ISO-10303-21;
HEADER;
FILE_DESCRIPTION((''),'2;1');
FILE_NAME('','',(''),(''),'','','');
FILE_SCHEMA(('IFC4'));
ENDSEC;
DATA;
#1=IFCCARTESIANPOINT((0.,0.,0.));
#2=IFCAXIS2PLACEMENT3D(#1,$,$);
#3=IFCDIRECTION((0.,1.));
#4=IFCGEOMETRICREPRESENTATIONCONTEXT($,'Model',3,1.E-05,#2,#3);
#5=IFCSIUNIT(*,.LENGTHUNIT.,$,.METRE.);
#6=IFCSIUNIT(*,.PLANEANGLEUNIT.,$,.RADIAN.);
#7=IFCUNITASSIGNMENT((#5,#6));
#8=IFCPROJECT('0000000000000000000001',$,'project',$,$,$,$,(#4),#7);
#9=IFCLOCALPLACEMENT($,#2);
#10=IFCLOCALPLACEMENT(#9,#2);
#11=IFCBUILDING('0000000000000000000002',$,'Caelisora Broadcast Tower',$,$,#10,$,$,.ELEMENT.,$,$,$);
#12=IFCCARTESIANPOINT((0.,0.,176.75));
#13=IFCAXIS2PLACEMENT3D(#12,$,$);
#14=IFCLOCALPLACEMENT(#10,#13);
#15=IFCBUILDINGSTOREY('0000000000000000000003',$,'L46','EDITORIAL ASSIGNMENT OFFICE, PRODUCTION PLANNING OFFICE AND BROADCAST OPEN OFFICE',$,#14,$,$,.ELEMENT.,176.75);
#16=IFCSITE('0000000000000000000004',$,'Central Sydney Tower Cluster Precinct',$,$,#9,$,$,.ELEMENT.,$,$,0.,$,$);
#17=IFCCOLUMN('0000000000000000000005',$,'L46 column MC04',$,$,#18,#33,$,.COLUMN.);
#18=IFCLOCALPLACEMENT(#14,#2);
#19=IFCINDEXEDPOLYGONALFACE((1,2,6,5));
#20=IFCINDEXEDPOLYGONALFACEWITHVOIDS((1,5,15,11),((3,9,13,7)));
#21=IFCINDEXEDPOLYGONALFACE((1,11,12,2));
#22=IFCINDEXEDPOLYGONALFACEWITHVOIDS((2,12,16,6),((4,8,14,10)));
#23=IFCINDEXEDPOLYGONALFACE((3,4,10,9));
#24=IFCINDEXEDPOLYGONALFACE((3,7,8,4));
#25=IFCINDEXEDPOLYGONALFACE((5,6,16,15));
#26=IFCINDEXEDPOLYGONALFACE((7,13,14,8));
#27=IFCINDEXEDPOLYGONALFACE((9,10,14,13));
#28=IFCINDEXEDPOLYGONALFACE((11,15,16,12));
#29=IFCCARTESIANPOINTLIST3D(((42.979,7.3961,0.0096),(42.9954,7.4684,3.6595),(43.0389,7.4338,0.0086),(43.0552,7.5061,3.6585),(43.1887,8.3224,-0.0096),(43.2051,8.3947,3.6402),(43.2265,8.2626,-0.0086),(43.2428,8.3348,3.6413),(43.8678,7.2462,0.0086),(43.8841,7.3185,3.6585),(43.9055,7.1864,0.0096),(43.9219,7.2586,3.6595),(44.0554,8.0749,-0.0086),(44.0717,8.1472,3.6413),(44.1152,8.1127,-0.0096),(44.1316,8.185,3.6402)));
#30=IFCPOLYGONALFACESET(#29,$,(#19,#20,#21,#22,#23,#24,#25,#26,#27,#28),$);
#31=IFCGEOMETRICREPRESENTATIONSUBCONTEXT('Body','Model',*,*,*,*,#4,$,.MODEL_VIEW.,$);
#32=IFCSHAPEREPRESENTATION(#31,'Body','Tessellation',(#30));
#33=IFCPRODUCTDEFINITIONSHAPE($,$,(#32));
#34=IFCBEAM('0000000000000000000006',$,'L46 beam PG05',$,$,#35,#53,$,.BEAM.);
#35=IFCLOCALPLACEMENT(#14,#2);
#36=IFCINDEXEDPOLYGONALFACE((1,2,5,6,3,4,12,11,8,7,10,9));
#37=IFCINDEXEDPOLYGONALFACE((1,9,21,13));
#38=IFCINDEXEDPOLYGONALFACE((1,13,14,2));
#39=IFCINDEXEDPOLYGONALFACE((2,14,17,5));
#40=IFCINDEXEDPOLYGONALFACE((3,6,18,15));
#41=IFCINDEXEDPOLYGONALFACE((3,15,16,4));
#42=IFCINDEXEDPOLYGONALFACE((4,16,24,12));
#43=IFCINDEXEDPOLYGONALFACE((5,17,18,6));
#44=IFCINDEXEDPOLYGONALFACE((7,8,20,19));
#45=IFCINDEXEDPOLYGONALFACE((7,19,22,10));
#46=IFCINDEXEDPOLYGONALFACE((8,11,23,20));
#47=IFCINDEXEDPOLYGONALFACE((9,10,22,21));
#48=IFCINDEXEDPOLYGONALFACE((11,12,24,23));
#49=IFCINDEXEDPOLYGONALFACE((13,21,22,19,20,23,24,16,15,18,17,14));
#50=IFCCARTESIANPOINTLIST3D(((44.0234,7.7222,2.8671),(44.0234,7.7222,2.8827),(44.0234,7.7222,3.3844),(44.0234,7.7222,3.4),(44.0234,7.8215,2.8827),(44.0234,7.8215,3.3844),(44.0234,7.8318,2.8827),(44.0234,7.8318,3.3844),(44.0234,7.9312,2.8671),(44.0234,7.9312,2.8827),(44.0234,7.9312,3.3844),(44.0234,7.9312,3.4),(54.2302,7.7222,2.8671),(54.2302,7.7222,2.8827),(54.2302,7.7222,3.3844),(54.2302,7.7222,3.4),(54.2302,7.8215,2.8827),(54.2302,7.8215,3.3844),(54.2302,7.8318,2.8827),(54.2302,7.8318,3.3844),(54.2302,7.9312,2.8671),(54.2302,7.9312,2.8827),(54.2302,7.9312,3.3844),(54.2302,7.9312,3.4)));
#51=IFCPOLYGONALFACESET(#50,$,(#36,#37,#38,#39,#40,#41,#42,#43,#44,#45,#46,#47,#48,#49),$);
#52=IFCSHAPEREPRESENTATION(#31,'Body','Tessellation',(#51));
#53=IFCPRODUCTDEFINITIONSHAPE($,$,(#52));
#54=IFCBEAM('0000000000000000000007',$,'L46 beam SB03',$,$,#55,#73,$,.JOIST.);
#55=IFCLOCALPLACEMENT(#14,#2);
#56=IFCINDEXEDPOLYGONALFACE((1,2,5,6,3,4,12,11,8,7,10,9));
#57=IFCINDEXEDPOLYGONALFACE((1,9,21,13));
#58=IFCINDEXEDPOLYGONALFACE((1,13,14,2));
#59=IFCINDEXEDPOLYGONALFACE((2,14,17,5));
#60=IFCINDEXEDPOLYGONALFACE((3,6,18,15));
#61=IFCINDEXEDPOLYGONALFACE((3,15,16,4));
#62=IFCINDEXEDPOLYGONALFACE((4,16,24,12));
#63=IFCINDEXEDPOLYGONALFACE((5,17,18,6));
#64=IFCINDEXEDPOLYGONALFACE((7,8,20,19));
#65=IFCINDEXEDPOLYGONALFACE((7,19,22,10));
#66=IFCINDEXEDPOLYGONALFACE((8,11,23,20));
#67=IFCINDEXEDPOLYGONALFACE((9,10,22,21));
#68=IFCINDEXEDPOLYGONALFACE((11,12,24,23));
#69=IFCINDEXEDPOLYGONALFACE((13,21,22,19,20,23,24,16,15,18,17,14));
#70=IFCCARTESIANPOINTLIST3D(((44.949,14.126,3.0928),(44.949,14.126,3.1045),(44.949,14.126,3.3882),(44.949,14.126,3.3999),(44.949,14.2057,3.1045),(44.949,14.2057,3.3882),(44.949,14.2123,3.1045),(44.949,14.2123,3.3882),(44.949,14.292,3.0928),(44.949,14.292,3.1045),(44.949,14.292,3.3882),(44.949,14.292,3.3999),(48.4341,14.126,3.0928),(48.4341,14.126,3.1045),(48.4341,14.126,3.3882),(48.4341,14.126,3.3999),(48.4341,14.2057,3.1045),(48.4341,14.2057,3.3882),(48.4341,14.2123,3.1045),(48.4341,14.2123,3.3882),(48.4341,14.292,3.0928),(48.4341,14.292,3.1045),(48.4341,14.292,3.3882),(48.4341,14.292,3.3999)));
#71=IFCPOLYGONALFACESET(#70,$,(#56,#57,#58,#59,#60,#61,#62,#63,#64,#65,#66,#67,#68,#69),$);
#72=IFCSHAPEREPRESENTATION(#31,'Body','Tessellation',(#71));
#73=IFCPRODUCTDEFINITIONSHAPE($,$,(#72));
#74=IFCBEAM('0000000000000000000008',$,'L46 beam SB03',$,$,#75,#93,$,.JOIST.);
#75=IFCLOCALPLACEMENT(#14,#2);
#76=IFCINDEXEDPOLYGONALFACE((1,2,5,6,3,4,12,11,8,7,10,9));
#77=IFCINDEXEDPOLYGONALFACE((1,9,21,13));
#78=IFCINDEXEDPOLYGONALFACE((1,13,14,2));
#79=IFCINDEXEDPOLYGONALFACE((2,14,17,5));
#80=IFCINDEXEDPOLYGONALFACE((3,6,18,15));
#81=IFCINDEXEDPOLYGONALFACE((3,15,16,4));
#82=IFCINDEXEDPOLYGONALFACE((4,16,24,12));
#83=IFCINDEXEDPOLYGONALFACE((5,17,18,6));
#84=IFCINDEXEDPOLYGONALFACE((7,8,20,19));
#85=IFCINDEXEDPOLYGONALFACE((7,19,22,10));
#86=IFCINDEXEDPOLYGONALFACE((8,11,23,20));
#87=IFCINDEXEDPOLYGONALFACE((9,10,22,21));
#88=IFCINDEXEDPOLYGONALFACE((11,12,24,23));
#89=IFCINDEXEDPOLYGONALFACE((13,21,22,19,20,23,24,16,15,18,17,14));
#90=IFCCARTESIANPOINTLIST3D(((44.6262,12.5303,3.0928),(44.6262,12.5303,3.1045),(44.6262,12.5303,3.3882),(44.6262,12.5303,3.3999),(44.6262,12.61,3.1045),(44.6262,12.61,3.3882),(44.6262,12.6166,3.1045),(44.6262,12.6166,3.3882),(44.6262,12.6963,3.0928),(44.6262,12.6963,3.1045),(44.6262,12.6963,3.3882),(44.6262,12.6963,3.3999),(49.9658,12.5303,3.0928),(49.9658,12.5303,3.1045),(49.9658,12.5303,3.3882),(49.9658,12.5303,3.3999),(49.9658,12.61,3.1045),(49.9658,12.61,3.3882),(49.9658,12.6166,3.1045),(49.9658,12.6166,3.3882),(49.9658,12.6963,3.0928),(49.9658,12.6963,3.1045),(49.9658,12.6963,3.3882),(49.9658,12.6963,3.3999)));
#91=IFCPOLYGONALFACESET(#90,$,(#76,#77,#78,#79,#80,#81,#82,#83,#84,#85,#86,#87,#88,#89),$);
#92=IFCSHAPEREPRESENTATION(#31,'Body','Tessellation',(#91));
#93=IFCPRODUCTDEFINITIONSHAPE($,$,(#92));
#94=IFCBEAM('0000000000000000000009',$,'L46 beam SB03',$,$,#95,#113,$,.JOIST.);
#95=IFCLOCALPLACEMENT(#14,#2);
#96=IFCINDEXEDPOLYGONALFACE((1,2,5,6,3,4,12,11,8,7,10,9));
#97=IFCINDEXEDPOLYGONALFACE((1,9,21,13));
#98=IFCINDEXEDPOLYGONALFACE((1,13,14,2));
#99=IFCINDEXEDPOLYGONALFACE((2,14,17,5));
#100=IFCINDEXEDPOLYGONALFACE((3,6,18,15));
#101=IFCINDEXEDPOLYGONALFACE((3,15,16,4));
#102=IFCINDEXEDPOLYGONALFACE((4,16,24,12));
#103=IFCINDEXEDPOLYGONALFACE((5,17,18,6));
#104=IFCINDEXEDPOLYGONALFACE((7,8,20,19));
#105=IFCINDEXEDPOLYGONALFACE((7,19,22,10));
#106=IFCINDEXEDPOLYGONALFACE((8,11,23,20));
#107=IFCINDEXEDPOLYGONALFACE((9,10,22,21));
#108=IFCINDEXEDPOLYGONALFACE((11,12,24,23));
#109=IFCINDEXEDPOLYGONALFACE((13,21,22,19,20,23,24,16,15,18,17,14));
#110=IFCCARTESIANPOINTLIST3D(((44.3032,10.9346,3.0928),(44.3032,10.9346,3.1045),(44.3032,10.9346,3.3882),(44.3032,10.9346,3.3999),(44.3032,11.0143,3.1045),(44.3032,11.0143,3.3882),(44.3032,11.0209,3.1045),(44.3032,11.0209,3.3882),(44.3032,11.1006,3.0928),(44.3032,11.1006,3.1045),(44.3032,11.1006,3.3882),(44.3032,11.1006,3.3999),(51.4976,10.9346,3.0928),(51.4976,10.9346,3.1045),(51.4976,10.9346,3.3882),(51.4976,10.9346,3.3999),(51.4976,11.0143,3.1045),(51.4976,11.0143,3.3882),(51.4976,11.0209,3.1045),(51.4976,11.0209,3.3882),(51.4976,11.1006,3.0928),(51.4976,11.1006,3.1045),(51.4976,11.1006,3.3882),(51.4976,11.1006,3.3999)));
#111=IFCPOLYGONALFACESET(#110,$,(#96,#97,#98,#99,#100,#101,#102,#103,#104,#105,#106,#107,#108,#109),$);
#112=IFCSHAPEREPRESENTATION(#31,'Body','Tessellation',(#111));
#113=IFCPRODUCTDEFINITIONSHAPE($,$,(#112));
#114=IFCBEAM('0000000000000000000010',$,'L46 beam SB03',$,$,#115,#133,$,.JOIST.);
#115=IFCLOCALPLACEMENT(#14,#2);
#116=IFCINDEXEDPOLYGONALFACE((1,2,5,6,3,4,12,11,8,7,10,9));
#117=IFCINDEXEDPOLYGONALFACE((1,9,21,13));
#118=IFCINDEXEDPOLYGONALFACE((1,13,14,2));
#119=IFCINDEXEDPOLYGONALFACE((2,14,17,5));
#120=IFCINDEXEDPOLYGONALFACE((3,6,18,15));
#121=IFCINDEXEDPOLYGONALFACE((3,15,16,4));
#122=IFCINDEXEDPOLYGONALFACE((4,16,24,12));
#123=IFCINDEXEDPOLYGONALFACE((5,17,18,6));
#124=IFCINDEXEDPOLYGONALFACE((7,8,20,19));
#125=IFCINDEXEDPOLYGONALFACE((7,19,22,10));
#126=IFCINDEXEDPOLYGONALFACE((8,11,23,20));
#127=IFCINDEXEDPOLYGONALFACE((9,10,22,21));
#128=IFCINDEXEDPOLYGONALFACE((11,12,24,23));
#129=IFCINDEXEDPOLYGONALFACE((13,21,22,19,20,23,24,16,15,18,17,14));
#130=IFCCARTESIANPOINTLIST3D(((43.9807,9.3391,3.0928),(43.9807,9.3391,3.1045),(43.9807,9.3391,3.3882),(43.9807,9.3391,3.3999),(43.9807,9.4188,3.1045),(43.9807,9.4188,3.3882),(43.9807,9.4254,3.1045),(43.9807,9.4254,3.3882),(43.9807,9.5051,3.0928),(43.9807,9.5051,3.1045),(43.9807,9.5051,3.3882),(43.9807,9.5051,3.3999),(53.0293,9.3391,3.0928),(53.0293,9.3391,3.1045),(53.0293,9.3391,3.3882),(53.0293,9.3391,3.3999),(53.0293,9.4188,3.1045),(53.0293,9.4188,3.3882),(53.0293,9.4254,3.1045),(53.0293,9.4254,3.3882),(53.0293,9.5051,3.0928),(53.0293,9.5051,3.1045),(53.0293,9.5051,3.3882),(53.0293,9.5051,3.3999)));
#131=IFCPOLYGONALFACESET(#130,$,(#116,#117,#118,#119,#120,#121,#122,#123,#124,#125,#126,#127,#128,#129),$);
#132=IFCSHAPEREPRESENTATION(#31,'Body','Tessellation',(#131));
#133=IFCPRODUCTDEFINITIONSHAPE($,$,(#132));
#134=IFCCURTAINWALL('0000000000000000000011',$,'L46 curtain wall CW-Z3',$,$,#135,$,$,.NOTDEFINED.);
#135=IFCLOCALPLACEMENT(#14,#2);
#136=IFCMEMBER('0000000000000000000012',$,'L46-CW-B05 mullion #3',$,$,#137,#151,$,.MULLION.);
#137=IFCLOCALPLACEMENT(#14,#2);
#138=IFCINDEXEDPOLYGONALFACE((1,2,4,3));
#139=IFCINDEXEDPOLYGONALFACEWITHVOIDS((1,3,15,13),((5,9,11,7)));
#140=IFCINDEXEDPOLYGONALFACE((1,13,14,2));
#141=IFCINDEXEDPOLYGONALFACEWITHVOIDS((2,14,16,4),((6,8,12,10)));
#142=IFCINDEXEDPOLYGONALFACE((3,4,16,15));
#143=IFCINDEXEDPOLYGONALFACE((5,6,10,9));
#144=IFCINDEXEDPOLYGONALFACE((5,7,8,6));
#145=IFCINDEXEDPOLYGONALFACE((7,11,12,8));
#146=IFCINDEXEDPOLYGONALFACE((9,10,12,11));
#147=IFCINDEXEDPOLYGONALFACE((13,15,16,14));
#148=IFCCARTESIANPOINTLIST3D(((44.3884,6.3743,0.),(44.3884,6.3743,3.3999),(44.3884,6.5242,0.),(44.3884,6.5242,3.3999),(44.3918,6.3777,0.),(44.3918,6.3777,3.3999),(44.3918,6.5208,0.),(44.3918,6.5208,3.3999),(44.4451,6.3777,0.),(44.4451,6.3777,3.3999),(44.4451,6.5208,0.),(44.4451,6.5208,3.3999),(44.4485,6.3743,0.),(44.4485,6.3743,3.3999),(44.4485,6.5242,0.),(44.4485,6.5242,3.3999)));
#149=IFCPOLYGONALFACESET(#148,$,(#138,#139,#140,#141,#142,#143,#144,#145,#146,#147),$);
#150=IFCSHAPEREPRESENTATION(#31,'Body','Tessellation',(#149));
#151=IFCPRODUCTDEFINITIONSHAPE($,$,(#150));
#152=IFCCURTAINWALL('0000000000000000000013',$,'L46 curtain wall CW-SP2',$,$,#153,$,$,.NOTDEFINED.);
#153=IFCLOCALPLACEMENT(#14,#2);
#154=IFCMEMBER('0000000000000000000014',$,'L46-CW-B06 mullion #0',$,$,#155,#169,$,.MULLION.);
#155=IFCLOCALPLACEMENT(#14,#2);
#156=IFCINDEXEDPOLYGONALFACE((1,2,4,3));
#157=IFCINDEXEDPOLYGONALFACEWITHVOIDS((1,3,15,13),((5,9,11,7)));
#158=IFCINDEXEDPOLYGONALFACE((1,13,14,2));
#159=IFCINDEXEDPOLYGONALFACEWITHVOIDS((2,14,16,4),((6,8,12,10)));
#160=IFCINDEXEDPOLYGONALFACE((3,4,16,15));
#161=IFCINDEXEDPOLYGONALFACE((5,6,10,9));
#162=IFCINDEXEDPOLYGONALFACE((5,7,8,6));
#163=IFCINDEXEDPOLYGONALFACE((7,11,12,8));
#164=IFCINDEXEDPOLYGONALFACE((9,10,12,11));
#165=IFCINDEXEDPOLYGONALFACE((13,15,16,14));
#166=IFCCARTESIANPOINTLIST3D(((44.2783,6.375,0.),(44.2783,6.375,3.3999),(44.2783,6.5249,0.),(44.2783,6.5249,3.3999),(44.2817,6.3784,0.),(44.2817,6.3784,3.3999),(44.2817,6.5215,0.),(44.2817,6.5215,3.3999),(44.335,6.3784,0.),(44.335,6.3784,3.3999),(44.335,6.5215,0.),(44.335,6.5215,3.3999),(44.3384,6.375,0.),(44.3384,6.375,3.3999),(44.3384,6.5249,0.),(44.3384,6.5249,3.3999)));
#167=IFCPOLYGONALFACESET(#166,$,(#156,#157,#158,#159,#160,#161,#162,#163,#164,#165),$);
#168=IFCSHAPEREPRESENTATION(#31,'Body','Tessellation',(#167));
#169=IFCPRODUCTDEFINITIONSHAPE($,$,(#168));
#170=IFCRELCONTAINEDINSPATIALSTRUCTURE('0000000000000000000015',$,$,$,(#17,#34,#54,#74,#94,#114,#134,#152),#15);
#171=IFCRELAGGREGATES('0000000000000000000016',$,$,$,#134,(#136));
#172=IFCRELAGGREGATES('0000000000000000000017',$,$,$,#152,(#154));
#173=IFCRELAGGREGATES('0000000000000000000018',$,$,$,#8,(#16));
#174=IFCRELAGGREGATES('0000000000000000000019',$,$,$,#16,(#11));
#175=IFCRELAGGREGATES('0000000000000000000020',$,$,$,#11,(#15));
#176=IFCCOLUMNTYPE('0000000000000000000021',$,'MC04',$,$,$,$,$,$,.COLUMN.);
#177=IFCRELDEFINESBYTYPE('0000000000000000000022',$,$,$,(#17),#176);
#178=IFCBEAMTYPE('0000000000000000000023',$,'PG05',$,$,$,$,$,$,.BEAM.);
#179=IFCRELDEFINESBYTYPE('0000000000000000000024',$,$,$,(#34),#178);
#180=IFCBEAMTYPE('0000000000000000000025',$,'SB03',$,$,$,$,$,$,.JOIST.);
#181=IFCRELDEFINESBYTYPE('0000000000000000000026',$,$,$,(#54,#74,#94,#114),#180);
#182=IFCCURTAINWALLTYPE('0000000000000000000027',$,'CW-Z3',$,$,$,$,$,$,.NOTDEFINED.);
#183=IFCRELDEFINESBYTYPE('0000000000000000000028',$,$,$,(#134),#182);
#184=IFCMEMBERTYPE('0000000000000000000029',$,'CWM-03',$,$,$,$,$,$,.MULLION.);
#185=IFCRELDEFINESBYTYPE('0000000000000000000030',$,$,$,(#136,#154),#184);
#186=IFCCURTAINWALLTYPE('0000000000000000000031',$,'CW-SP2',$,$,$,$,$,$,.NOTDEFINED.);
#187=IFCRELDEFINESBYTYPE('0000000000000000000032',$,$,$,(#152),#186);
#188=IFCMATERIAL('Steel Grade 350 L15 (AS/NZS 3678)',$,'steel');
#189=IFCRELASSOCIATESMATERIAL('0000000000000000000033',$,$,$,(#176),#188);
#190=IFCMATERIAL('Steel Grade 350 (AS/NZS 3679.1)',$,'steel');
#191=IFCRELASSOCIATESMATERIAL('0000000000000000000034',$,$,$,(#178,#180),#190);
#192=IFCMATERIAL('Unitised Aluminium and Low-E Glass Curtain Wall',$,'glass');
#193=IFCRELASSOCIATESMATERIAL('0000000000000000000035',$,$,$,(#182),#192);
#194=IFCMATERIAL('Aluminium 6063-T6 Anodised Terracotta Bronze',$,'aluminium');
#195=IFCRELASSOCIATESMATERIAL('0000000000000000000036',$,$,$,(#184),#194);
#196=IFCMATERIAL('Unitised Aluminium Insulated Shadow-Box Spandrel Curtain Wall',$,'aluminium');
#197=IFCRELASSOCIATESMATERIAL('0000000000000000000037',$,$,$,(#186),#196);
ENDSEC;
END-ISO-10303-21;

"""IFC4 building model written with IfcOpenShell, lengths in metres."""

from ifc_helpers import new_model, si_unit, direction, frame, origin, origin_2d, place, context, subcontext, project, spatial, hollow_rectangle, i_section, extrude, source, transform, mapped, material, material_profile, profile_set, type_object, type_shapes, element, aggregate, save


model = new_model("IFC4")

# Units and contexts
model_context = context("Model", 3, precision=1e-05, world=origin(), true_north=direction((0.0, 1.0)))
body_context = subcontext(model_context, "Body", "Model", "MODEL_VIEW")
ifc_project = project(units=[si_unit("LENGTHUNIT", "METRE"), si_unit("PLANEANGLEUNIT", "RADIAN")], contexts=[model_context])

# Site, building, storey
site_placement = place(None, origin())
site = spatial("IfcSite", under=ifc_project, at=site_placement, Name="Central Sydney Tower Cluster Precinct", CompositionType="ELEMENT", RefElevation=0.0)
building_placement = place(site_placement, origin())
building = spatial("IfcBuilding", under=site, at=building_placement, Name="Caelisora Broadcast Tower", CompositionType="ELEMENT")
storey_placement = place(building_placement, frame((0.0, 0.0, 176.75)))
storey = spatial("IfcBuildingStorey", under=building, at=storey_placement, Name="L46", Description="EDITORIAL ASSIGNMENT OFFICE, PRODUCTION PLANNING OFFICE AND BROADCAST OPEN OFFICE", CompositionType="ELEMENT", Elevation=176.75)

# Column
ifc_material_1 = material(Name="Steel Grade 350 L15 (AS/NZS 3678)", Category="steel")
ifc_material_profile_1 = material_profile(ifc_material_1, hollow_rectangle(XDim=0.95, YDim=0.95, WallThickness=0.05, at=origin_2d()), Name="Steel Grade 350 L15 (AS/NZS 3678)")
ifc_profile_set_1 = profile_set([ifc_material_profile_1], Name="Steel Grade 350 L15 (AS/NZS 3678)")
column_type = type_object("IfcColumnType", Name="MC04", PredefinedType="COLUMN", material=ifc_profile_set_1)
shared_shape_1 = source(origin(), body_context, "Body", "SweptSolid", [
    extrude(hollow_rectangle(XDim=0.95, YDim=0.95, WallThickness=0.05, at=origin_2d()), origin(), (0.0, 0.0, 1.0), 3.6506),
])
type_shapes(column_type, [shared_shape_1])
column_placement = place(storey_placement, frame((43.5471, 7.7544, 0.0), z_axis=(0.004481, 0.019795, 0.999794), x_axis=(-0.975327, 0.220767, 0.0)))
element("IfcColumn", 1, at=column_placement, inside=storey, type_object=column_type, Name="L46 column MC04", PredefinedType="COLUMN", context=body_context, shape_type="MappedRepresentation", body=[
    mapped(shared_shape_1, transform((0.0, 0.0, 0.0), scale=1.0)),
])

# Beams
ifc_material_2 = material(Name="Steel Grade 350 (AS/NZS 3679.1)", Category="steel")
ifc_material_profile_2 = material_profile(ifc_material_2, i_section(OverallWidth=0.209, OverallDepth=0.533, WebThickness=0.0103, FlangeThickness=0.0156, at=origin_2d()), Name="Steel Grade 350 (AS/NZS 3679.1)")
ifc_profile_set_2 = profile_set([ifc_material_profile_2], Name="Steel Grade 350 (AS/NZS 3679.1)")
beam_type_1 = type_object("IfcBeamType", Name="PG05", PredefinedType="BEAM", material=ifc_profile_set_2)
shared_shape_2 = source(origin(), body_context, "Body", "SweptSolid", [
    extrude(i_section(OverallWidth=0.209, OverallDepth=0.533, WebThickness=0.0103, FlangeThickness=0.0156, at=origin_2d()), origin(), (0.0, 0.0, 1.0), 10.2068),
])
type_shapes(beam_type_1, [shared_shape_2])
beam_1_placement = place(storey_placement, frame((44.0234, 7.8267, 3.1335), z_axis=(1.0, 0.0, 0.0), x_axis=(0.0, 1.0, 0.0)))
element("IfcBeam", 2, at=beam_1_placement, inside=storey, type_object=beam_type_1, Name="L46 beam PG05", PredefinedType="BEAM", context=body_context, shape_type="MappedRepresentation", body=[
    mapped(shared_shape_2, transform((0.0, 0.0, 0.0), scale=1.0)),
])
ifc_material_profile_3 = material_profile(ifc_material_2, i_section(OverallWidth=0.166, OverallDepth=0.3071, WebThickness=0.0066, FlangeThickness=0.0117, at=origin_2d()), Name="Steel Grade 350 (AS/NZS 3679.1)")
ifc_profile_set_3 = profile_set([ifc_material_profile_3], Name="Steel Grade 350 (AS/NZS 3679.1)")
beam_type_2 = type_object("IfcBeamType", Name="SB03", PredefinedType="JOIST", material=ifc_profile_set_3)
shared_shape_3 = source(origin(), body_context, "Body", "SweptSolid", [
    extrude(i_section(OverallWidth=0.166, OverallDepth=0.3071, WebThickness=0.0066, FlangeThickness=0.0117, at=origin_2d()), origin(), (0.0, 0.0, 1.0), 3.4851),
])
beam_2_placement = place(storey_placement, frame((44.949, 14.209, 3.2463), z_axis=(1.0, 0.0, 0.0), x_axis=(0.0, 1.0, 0.0)))
element("IfcBeam", 3, at=beam_2_placement, inside=storey, type_object=beam_type_2, Name="L46 beam SB03", PredefinedType="JOIST", context=body_context, shape_type="MappedRepresentation", body=[
    mapped(shared_shape_3, transform((0.0, 0.0, 0.0), scale=1.0)),
])
shared_shape_4 = source(origin(), body_context, "Body", "SweptSolid", [
    extrude(i_section(OverallWidth=0.166, OverallDepth=0.3071, WebThickness=0.0066, FlangeThickness=0.0117, at=origin_2d()), origin(), (0.0, 0.0, 1.0), 5.3396),
])
beam_3_placement = place(storey_placement, frame((44.6262, 12.6133, 3.2463), z_axis=(1.0, 0.0, 0.0), x_axis=(0.0, 1.0, 0.0)))
element("IfcBeam", 4, at=beam_3_placement, inside=storey, type_object=beam_type_2, Name="L46 beam SB03", PredefinedType="JOIST", context=body_context, shape_type="MappedRepresentation", body=[
    mapped(shared_shape_4, transform((0.0, 0.0, 0.0), scale=1.0)),
])
shared_shape_5 = source(origin(), body_context, "Body", "SweptSolid", [
    extrude(i_section(OverallWidth=0.166, OverallDepth=0.3071, WebThickness=0.0066, FlangeThickness=0.0117, at=origin_2d()), origin(), (0.0, 0.0, 1.0), 7.1943),
])
beam_4_placement = place(storey_placement, frame((44.3032, 11.0176, 3.2463), z_axis=(1.0, 0.0, 0.0), x_axis=(0.0, 1.0, 0.0)))
element("IfcBeam", 5, at=beam_4_placement, inside=storey, type_object=beam_type_2, Name="L46 beam SB03", PredefinedType="JOIST", context=body_context, shape_type="MappedRepresentation", body=[
    mapped(shared_shape_5, transform((0.0, 0.0, 0.0), scale=1.0)),
])
shared_shape_6 = source(origin(), body_context, "Body", "SweptSolid", [
    extrude(i_section(OverallWidth=0.166, OverallDepth=0.3071, WebThickness=0.0066, FlangeThickness=0.0117, at=origin_2d()), origin(), (0.0, 0.0, 1.0), 9.0486),
])
type_shapes(beam_type_2, [shared_shape_3, shared_shape_4, shared_shape_5, shared_shape_6])
beam_5_placement = place(storey_placement, frame((43.9807, 9.4221, 3.2463), z_axis=(1.0, 0.0, 0.0), x_axis=(0.0, 1.0, 0.0)))
element("IfcBeam", 6, at=beam_5_placement, inside=storey, type_object=beam_type_2, Name="L46 beam SB03", PredefinedType="JOIST", context=body_context, shape_type="MappedRepresentation", body=[
    mapped(shared_shape_6, transform((0.0, 0.0, 0.0), scale=1.0)),
])

# Curtain wall, member
ifc_material_3 = material(Name="Unitised Aluminium and Low-E Glass Curtain Wall", Category="glass")
curtain_wall_type_1 = type_object("IfcCurtainWallType", Name="CW-Z3", PredefinedType="NOTDEFINED", material=ifc_material_3)
curtain_wall_1_placement = place(storey_placement, origin())
curtain_wall_1 = element("IfcCurtainWall", 7, at=curtain_wall_1_placement, inside=storey, type_object=curtain_wall_type_1, Name="L46 curtain wall CW-Z3", PredefinedType="NOTDEFINED")
ifc_material_4 = material(Name="Aluminium 6063-T6 Anodised Terracotta Bronze", Category="aluminium")
ifc_material_profile_4 = material_profile(ifc_material_4, hollow_rectangle(XDim=0.0601, YDim=0.1499, WallThickness=0.0034, at=origin_2d()), Name="Aluminium 6063-T6 Anodised Terracotta Bronze")
ifc_profile_set_4 = profile_set([ifc_material_profile_4], Name="Aluminium 6063-T6 Anodised Terracotta Bronze")
member_type_1 = type_object("IfcMemberType", Name="CWM-03", PredefinedType="MULLION", material=ifc_profile_set_4)
shared_shape_7 = source(origin(), body_context, "Body", "SweptSolid", [
    extrude(hollow_rectangle(XDim=0.0601, YDim=0.1499, WallThickness=0.0034, at=origin_2d()), origin(), (0.0, 0.0, 1.0), 3.3999),
])
type_shapes(member_type_1, [shared_shape_7])
member_1_placement = place(storey_placement, frame((44.4185, 6.4492, 0.0), z_axis=(0.0, 0.0, 1.0), x_axis=(1.0, 0.0, 0.0)))
member_1 = element("IfcMember", 8, at=member_1_placement, type_object=member_type_1, Name="L46-CW-B05 mullion #3", PredefinedType="MULLION", context=body_context, shape_type="MappedRepresentation", body=[
    mapped(shared_shape_7, transform((0.0, 0.0, 0.0), scale=1.0)),
])
aggregate(curtain_wall_1, [member_1])

# Curtain wall, member
ifc_material_5 = material(Name="Unitised Aluminium Insulated Shadow-Box Spandrel Curtain Wall", Category="aluminium")
curtain_wall_type_2 = type_object("IfcCurtainWallType", Name="CW-SP2", PredefinedType="NOTDEFINED", material=ifc_material_5)
curtain_wall_2_placement = place(storey_placement, origin())
curtain_wall_2 = element("IfcCurtainWall", 9, at=curtain_wall_2_placement, inside=storey, type_object=curtain_wall_type_2, Name="L46 curtain wall CW-SP2", PredefinedType="NOTDEFINED")
member_2_placement = place(storey_placement, frame((44.3083, 6.45, 0.0), z_axis=(0.0, 0.0, 1.0), x_axis=(1.0, 0.0, 0.0)))
member_2 = element("IfcMember", 10, at=member_2_placement, type_object=member_type_1, Name="L46-CW-B06 mullion #0", PredefinedType="MULLION", context=body_context, shape_type="MappedRepresentation", body=[
    mapped(shared_shape_7, transform((0.0, 0.0, 0.0), scale=1.0)),
])

aggregate(curtain_wall_2, [member_2])

save(model, "model.ifc")
